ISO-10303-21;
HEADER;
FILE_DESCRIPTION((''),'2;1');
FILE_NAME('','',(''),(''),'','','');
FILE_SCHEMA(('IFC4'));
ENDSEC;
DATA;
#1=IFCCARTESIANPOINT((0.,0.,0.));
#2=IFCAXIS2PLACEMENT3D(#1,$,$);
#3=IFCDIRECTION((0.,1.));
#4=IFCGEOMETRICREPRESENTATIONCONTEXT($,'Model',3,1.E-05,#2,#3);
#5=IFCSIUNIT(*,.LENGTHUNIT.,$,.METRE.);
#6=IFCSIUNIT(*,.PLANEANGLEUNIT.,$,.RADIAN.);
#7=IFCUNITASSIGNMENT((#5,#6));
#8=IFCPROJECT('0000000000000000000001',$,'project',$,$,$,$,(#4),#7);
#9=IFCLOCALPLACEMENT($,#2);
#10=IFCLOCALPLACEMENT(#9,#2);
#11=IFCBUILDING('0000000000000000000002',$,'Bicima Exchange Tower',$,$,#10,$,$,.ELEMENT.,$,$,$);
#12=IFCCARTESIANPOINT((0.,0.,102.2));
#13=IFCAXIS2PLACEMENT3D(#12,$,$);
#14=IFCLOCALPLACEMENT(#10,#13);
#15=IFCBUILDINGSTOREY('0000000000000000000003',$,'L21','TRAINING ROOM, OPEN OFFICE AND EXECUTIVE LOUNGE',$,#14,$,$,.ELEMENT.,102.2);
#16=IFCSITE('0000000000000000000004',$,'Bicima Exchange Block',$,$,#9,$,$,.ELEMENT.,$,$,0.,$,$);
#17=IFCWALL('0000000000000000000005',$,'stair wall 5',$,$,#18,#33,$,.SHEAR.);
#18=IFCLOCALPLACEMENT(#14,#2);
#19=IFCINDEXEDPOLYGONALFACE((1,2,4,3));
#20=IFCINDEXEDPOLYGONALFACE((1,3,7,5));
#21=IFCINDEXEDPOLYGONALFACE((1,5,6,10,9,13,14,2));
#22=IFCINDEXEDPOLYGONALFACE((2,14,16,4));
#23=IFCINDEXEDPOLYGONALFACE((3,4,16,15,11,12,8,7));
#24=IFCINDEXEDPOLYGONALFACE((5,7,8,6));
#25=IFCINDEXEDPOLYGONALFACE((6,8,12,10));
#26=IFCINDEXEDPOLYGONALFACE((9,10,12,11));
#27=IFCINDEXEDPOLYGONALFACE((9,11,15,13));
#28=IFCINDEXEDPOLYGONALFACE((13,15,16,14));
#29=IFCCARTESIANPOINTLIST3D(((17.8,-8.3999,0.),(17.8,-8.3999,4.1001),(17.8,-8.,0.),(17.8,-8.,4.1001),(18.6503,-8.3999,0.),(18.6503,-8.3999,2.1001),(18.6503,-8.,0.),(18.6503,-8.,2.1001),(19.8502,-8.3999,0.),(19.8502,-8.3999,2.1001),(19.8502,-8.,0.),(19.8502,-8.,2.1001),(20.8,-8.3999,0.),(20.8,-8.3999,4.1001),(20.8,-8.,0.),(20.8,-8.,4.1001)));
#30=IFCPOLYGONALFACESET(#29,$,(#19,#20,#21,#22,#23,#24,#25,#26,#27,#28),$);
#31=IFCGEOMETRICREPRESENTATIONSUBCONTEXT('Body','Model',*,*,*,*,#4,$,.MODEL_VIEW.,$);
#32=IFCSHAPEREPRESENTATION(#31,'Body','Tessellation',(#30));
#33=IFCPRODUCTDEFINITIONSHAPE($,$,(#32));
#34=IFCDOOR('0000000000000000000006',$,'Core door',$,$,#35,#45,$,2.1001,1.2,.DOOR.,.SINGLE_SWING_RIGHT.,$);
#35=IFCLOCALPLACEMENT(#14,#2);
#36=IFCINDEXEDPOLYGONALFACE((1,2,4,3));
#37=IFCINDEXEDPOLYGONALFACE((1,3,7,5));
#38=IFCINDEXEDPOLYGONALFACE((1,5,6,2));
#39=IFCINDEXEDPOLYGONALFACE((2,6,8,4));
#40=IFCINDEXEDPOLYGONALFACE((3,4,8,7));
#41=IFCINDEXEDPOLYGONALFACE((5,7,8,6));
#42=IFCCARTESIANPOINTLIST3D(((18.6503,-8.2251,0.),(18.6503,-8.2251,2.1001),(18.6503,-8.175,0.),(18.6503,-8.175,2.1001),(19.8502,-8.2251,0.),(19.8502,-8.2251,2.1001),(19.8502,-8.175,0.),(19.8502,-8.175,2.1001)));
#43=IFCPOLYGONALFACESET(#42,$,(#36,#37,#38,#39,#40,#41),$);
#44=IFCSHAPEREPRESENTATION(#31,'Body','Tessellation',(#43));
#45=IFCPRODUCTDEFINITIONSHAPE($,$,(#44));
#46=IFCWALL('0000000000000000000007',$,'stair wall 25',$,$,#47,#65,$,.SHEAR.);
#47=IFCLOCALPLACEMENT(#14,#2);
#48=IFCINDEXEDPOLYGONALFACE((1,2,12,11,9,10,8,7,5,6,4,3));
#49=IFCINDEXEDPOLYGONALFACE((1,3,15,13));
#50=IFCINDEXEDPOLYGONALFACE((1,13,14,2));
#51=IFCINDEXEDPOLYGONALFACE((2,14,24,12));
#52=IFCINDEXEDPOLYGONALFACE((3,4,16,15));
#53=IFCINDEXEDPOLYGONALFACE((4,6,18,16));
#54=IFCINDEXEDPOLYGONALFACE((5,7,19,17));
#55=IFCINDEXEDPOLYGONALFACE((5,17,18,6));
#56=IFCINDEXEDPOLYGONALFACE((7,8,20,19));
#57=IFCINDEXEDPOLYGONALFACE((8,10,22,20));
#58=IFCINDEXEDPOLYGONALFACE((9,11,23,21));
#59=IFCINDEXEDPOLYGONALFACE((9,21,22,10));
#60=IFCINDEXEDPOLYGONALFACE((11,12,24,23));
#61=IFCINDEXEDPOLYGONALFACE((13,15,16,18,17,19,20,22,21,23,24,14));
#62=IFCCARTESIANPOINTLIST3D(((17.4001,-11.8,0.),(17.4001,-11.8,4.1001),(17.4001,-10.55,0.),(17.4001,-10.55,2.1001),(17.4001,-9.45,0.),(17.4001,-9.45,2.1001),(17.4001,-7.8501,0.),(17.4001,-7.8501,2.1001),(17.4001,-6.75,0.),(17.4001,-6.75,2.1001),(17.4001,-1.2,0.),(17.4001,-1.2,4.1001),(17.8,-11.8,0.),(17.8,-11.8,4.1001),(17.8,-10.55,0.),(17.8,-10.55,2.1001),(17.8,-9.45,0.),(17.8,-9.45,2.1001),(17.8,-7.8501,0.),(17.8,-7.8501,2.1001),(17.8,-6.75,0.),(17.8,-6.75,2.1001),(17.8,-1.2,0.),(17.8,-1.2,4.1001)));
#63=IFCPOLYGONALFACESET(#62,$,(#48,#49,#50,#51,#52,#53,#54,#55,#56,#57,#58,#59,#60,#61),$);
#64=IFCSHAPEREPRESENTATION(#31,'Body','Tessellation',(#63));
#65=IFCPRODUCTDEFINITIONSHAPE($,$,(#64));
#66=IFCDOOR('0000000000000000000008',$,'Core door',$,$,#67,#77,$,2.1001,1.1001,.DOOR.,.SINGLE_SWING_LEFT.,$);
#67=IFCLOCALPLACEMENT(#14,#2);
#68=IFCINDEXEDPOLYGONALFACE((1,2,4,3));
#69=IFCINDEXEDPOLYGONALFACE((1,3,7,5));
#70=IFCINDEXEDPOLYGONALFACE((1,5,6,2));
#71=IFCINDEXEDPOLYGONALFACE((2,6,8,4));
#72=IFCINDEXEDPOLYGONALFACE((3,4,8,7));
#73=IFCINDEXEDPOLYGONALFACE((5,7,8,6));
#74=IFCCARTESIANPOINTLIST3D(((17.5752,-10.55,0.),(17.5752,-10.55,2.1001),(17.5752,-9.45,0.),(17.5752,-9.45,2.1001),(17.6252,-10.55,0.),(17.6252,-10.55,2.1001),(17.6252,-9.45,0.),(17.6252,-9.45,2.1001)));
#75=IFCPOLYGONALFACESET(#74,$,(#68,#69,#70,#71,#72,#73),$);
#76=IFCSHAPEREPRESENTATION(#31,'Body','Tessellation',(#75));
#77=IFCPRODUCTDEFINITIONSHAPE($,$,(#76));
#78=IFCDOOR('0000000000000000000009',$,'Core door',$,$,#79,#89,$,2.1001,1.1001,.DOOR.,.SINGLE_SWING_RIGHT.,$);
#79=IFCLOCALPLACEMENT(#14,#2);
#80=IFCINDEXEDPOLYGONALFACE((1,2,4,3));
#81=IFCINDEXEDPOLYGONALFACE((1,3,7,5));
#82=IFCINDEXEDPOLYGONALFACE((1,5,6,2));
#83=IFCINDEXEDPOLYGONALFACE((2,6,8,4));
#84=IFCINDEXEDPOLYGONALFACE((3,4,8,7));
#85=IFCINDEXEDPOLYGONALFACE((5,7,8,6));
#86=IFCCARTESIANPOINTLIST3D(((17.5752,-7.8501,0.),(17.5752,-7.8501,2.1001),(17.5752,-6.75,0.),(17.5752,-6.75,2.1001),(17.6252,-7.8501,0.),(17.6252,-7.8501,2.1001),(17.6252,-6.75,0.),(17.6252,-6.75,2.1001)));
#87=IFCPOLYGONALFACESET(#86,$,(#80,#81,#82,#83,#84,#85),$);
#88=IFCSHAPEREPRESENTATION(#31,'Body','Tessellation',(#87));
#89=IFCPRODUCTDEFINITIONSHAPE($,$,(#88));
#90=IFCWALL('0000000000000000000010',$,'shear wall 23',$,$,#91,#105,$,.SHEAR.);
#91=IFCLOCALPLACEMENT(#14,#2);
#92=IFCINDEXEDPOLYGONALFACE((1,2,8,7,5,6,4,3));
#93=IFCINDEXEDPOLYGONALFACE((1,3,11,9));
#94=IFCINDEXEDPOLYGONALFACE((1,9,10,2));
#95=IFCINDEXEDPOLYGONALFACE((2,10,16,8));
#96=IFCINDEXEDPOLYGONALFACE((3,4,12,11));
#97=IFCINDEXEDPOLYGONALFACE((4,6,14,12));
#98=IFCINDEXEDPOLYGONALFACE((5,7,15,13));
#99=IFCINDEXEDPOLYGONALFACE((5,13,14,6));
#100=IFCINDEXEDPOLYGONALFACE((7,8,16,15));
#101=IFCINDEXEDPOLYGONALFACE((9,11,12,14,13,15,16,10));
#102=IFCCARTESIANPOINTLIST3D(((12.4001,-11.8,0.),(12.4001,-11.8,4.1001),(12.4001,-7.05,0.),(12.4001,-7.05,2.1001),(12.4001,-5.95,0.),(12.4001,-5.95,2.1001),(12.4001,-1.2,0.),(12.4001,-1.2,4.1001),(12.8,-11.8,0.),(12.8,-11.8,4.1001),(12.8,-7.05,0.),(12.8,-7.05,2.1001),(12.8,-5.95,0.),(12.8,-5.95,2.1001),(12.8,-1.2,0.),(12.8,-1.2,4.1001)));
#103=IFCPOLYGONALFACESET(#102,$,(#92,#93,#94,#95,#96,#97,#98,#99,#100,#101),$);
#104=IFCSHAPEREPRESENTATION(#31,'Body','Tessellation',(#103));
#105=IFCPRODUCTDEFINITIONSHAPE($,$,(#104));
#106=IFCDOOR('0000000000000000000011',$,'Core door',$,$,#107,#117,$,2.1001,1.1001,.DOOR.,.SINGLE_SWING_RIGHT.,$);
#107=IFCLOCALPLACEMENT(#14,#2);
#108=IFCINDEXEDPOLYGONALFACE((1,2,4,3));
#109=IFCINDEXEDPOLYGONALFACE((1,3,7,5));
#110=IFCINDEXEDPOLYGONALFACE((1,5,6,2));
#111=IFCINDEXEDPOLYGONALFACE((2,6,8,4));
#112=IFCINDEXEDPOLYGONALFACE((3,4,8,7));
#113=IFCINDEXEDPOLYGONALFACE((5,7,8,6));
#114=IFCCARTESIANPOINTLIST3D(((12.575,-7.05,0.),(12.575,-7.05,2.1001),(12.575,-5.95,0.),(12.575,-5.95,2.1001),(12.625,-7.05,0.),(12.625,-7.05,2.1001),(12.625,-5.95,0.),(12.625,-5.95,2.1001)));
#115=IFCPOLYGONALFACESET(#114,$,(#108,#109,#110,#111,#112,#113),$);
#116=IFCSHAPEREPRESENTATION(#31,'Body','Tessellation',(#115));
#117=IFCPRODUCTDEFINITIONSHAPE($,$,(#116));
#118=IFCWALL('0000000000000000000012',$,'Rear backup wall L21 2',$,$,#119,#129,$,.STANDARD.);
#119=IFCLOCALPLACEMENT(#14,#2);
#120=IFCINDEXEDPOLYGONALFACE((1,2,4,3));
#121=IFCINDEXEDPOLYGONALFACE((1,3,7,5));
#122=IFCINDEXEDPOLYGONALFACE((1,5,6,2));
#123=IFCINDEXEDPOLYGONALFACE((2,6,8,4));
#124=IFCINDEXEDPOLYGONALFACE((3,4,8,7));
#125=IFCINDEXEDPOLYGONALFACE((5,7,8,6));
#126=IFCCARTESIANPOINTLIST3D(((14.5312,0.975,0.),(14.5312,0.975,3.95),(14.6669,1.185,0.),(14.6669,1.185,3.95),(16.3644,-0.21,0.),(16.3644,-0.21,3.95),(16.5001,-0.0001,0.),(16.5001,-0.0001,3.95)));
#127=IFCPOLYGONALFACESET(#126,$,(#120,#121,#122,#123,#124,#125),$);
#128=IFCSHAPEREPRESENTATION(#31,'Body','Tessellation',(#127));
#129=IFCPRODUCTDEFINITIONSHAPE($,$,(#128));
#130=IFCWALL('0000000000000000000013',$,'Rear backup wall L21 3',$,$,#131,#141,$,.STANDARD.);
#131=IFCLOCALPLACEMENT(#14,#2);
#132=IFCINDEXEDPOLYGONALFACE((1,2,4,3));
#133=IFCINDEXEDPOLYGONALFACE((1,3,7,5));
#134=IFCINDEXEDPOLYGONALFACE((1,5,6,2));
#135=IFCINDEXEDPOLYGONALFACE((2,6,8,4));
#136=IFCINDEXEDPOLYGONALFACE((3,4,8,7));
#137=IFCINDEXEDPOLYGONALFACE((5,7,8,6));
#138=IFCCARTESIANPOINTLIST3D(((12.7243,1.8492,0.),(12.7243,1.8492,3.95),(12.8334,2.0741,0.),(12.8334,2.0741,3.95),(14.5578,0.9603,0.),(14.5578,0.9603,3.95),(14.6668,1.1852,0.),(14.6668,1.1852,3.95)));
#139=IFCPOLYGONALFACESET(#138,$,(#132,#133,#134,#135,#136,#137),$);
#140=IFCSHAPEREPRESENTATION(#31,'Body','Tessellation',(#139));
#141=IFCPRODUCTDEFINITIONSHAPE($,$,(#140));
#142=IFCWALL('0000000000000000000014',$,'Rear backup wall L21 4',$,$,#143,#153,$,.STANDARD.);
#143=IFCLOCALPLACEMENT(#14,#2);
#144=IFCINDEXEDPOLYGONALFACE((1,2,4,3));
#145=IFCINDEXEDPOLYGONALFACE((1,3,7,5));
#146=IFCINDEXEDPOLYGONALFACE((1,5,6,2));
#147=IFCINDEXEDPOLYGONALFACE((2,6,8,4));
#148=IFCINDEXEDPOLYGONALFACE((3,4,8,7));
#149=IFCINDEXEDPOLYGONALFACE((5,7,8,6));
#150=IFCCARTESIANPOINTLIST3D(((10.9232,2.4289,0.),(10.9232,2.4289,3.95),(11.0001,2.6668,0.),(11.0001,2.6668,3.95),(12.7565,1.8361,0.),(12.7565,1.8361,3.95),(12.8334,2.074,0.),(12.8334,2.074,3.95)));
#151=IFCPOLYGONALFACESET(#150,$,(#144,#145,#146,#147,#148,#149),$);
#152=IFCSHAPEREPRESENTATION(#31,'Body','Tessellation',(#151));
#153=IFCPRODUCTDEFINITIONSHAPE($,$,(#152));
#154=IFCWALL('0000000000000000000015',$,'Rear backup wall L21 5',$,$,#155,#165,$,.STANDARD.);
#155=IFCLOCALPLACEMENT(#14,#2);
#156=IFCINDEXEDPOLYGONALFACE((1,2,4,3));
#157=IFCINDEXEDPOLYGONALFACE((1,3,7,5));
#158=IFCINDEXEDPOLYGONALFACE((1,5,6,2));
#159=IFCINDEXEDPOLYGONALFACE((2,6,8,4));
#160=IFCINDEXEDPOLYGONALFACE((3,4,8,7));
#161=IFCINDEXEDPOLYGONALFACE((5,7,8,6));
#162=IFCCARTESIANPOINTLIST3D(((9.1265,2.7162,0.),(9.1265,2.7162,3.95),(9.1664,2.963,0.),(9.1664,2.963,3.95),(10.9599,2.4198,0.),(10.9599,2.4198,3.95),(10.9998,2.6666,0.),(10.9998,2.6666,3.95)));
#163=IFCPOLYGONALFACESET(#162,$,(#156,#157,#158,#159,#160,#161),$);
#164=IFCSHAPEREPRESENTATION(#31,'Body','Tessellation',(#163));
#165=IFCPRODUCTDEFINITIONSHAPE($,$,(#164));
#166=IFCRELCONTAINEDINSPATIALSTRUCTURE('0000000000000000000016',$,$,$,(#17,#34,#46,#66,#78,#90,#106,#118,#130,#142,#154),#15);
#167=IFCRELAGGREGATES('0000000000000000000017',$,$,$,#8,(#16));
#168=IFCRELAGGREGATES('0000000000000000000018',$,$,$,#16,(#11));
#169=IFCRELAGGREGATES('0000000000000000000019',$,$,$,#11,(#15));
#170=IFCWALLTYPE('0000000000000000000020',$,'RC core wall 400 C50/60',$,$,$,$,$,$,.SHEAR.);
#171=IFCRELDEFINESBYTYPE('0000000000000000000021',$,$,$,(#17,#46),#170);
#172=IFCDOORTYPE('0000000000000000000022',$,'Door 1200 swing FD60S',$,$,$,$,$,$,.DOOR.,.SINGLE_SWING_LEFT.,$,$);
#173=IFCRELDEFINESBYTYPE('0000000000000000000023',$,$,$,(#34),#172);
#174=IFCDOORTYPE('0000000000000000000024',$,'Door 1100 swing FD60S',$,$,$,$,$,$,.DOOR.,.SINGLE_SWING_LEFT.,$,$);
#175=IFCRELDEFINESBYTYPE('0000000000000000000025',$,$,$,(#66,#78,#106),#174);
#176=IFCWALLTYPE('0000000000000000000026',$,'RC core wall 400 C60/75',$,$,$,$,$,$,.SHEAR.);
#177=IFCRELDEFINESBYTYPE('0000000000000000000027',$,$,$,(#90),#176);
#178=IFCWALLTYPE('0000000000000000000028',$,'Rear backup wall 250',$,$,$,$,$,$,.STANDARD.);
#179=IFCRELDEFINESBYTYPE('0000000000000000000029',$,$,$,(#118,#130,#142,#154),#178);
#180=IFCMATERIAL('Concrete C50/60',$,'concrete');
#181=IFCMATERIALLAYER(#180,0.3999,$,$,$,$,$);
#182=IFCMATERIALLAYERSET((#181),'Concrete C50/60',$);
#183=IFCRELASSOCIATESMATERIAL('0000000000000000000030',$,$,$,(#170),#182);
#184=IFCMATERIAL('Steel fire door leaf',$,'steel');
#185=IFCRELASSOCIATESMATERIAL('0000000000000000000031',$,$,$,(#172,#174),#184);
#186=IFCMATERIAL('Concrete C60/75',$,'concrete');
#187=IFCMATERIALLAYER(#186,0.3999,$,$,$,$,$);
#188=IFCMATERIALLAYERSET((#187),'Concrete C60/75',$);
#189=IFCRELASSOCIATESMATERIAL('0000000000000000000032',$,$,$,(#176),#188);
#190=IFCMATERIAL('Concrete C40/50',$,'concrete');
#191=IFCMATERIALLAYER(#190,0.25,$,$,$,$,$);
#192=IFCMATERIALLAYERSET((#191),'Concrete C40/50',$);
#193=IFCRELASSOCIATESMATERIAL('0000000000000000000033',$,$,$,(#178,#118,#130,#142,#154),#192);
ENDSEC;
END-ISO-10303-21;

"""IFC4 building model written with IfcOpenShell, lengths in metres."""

from ifc_helpers import new_model, si_unit, direction, frame, frame_2d, origin, place, context, subcontext, project, spatial, rectangle, extrude, material, layer, layer_set, layer_usage, type_object, element, fill, save


model = new_model("IFC4")

# Units and contexts
model_context = context("Model", 3, precision=1e-05, world=origin(), true_north=direction((0.0, 1.0)))
body_context = subcontext(model_context, "Body", "Model", "MODEL_VIEW")
ifc_project = project(units=[si_unit("LENGTHUNIT", "METRE"), si_unit("PLANEANGLEUNIT", "RADIAN")], contexts=[model_context])

# Site, building, storey
site_placement = place(None, origin())
site = spatial("IfcSite", under=ifc_project, at=site_placement, Name="Bicima Exchange Block", CompositionType="ELEMENT", RefElevation=0.0)
building_placement = place(site_placement, origin())
building = spatial("IfcBuilding", under=site, at=building_placement, Name="Bicima Exchange Tower", CompositionType="ELEMENT")
storey_placement = place(building_placement, frame((0.0, 0.0, 102.2)))
storey = spatial("IfcBuildingStorey", under=building, at=storey_placement, Name="L21", Description="TRAINING ROOM, OPEN OFFICE AND EXECUTIVE LOUNGE", CompositionType="ELEMENT", Elevation=102.2)

# Wall, opening, door
ifc_material_1 = material(Name="Concrete C50/60", Category="concrete")
ifc_layer_1 = layer(ifc_material_1, 0.3999)
ifc_layer_set_1 = layer_set([ifc_layer_1], Name="Concrete C50/60")
wall_type_1 = type_object("IfcWallType", Name="RC core wall 400 C50/60", PredefinedType="SHEAR", material=ifc_layer_set_1)
wall_1_placement = place(storey_placement, frame((17.8, -8.2, 0.0), z_axis=(0.0, 0.0, 1.0), x_axis=(1.0, 0.0, 0.0)))
wall_1 = element("IfcWall", 1, at=wall_1_placement, inside=storey, type_object=wall_type_1, Name="stair wall 5", PredefinedType="SHEAR", context=body_context, shape_type="SweptSolid", body=[
    extrude(rectangle(XDim=3.0, YDim=0.3999, at=frame_2d((1.5, 0.0))), origin(), (0.0, 0.0, 1.0), 4.1001),
])
opening_1_placement = place(wall_1_placement, frame((0.8501, 0.0, 0.0)))
opening_1 = element("IfcOpeningElement", 2, at=opening_1_placement, cuts=wall_1, PredefinedType="OPENING", context=body_context, shape_type="SweptSolid", body=[
    extrude(rectangle(XDim=1.2, YDim=2.1001, at=frame_2d((0.6001, 1.05))), frame((0.0, 0.2119, 0.0), z_axis=(0.0, -1.0, 0.0), x_axis=(1.0, 0.0, 0.0)), (0.0, 0.0, 1.0), 0.4238),
])
ifc_material_2 = material(Name="Steel fire door leaf", Category="steel")
door_type_1 = type_object("IfcDoorType", Name="Door 1200 swing FD60S", OperationType="SINGLE_SWING_LEFT", PredefinedType="DOOR", material=ifc_material_2)
door_1_placement = place(opening_1_placement, origin())
door_1 = element("IfcDoor", 3, at=door_1_placement, inside=storey, type_object=door_type_1, Name="Core door", OperationType="SINGLE_SWING_RIGHT", OverallHeight=2.1001, OverallWidth=1.2, PredefinedType="DOOR", context=body_context, shape_type="SweptSolid", body=[
    extrude(rectangle(XDim=1.2, YDim=2.1001, at=frame_2d((0.6001, 1.05))), frame((0.0, 0.0249, 0.0), z_axis=(0.0, -1.0, 0.0), x_axis=(1.0, 0.0, 0.0)), (0.0, 0.0, 1.0), 0.05),
])
fill(opening_1, door_1)

# Wall, openings, doors
wall_2_placement = place(storey_placement, frame((17.6001, -11.8, 0.0), z_axis=(0.0, 0.0, 1.0), x_axis=(0.0, 1.0, 0.0)))
wall_2 = element("IfcWall", 4, at=wall_2_placement, inside=storey, type_object=wall_type_1, Name="stair wall 25", PredefinedType="SHEAR", context=body_context, shape_type="SweptSolid", body=[
    extrude(rectangle(XDim=10.6001, YDim=0.3999, at=frame_2d((5.3, 0.0))), origin(), (0.0, 0.0, 1.0), 4.1001),
])
opening_2_placement = place(wall_2_placement, frame((1.25, 0.0, 0.0)))
opening_2 = element("IfcOpeningElement", 5, at=opening_2_placement, cuts=wall_2, PredefinedType="OPENING", context=body_context, shape_type="SweptSolid", body=[
    extrude(rectangle(XDim=1.1001, YDim=2.1001, at=frame_2d((0.55, 1.05))), frame((0.0, 0.2119, 0.0), z_axis=(0.0, -1.0, 0.0), x_axis=(1.0, 0.0, 0.0)), (0.0, 0.0, 1.0), 0.4238),
])
opening_3_placement = place(wall_2_placement, frame((3.95, 0.0, 0.0)))
opening_3 = element("IfcOpeningElement", 6, at=opening_3_placement, cuts=wall_2, PredefinedType="OPENING", context=body_context, shape_type="SweptSolid", body=[
    extrude(rectangle(XDim=1.1001, YDim=2.1001, at=frame_2d((0.55, 1.05))), frame((0.0, 0.2119, 0.0), z_axis=(0.0, -1.0, 0.0), x_axis=(1.0, 0.0, 0.0)), (0.0, 0.0, 1.0), 0.4238),
])
door_type_2 = type_object("IfcDoorType", Name="Door 1100 swing FD60S", OperationType="SINGLE_SWING_LEFT", PredefinedType="DOOR", material=ifc_material_2)
door_2_placement = place(opening_2_placement, origin())
door_2 = element("IfcDoor", 7, at=door_2_placement, inside=storey, type_object=door_type_2, Name="Core door", OperationType="SINGLE_SWING_LEFT", OverallHeight=2.1001, OverallWidth=1.1001, PredefinedType="DOOR", context=body_context, shape_type="SweptSolid", body=[
    extrude(rectangle(XDim=1.1001, YDim=2.1001, at=frame_2d((0.55, 1.05))), frame((0.0, 0.0249, 0.0), z_axis=(0.0, -1.0, 0.0), x_axis=(1.0, 0.0, 0.0)), (0.0, 0.0, 1.0), 0.05),
])
fill(opening_2, door_2)
door_3_placement = place(opening_3_placement, origin())
door_3 = element("IfcDoor", 8, at=door_3_placement, inside=storey, type_object=door_type_2, Name="Core door", OperationType="SINGLE_SWING_RIGHT", OverallHeight=2.1001, OverallWidth=1.1001, PredefinedType="DOOR", context=body_context, shape_type="SweptSolid", body=[
    extrude(rectangle(XDim=1.1001, YDim=2.1001, at=frame_2d((0.55, 1.05))), frame((0.0, 0.0249, 0.0), z_axis=(0.0, -1.0, 0.0), x_axis=(1.0, 0.0, 0.0)), (0.0, 0.0, 1.0), 0.05),
])
fill(opening_3, door_3)

# Wall, opening, door
ifc_material_3 = material(Name="Concrete C60/75", Category="concrete")
ifc_layer_2 = layer(ifc_material_3, 0.3999)
ifc_layer_set_2 = layer_set([ifc_layer_2], Name="Concrete C60/75")
wall_type_2 = type_object("IfcWallType", Name="RC core wall 400 C60/75", PredefinedType="SHEAR", material=ifc_layer_set_2)
wall_3_placement = place(storey_placement, frame((12.6001, -11.8, 0.0), z_axis=(0.0, 0.0, 1.0), x_axis=(0.0, 1.0, 0.0)))
wall_3 = element("IfcWall", 9, at=wall_3_placement, inside=storey, type_object=wall_type_2, Name="shear wall 23", PredefinedType="SHEAR", context=body_context, shape_type="SweptSolid", body=[
    extrude(rectangle(XDim=10.6001, YDim=0.3999, at=frame_2d((5.3, 0.0))), origin(), (0.0, 0.0, 1.0), 4.1001),
])
opening_4_placement = place(wall_3_placement, frame((4.75, 0.0, 0.0)))
opening_4 = element("IfcOpeningElement", 10, at=opening_4_placement, cuts=wall_3, PredefinedType="OPENING", context=body_context, shape_type="SweptSolid", body=[
    extrude(rectangle(XDim=1.1001, YDim=2.1001, at=frame_2d((0.55, 1.05))), frame((0.0, 0.2119, 0.0), z_axis=(0.0, -1.0, 0.0), x_axis=(1.0, 0.0, 0.0)), (0.0, 0.0, 1.0), 0.4238),
])
door_4_placement = place(opening_4_placement, frame((1.1001, 0.0, 0.0), z_axis=(0.0, 0.0, 1.0), x_axis=(-1.0, 0.0, 0.0)))
door_4 = element("IfcDoor", 11, at=door_4_placement, inside=storey, type_object=door_type_2, Name="Core door", OperationType="SINGLE_SWING_RIGHT", OverallHeight=2.1001, OverallWidth=1.1001, PredefinedType="DOOR", context=body_context, shape_type="SweptSolid", body=[
    extrude(rectangle(XDim=1.1001, YDim=2.1001, at=frame_2d((0.55, 1.05))), frame((0.0, 0.0249, 0.0), z_axis=(0.0, -1.0, 0.0), x_axis=(1.0, 0.0, 0.0)), (0.0, 0.0, 1.0), 0.05),
])
fill(opening_4, door_4)

# Walls
ifc_material_4 = material(Name="Concrete C40/50", Category="concrete")
ifc_layer_3 = layer(ifc_material_4, 0.25)
ifc_layer_set_3 = layer_set([ifc_layer_3], Name="Concrete C40/50")
ifc_layer_usage = layer_usage(ifc_layer_set_3, "AXIS2", "POSITIVE", -0.125)
wall_type_3 = type_object("IfcWallType", Name="Rear backup wall 250", PredefinedType="STANDARD", material=ifc_layer_set_3)
wall_4_placement = place(storey_placement, frame((16.4321, -0.105, 0.0), z_axis=(0.0, 0.0, 1.0), x_axis=(-0.839813, 0.542876, 0.0)))
element("IfcWall", 12, at=wall_4_placement, inside=storey, type_object=wall_type_3, material=ifc_layer_usage, Name="Rear backup wall L21 2", PredefinedType="STANDARD", context=body_context, shape_type="SweptSolid", body=[
    extrude(rectangle(XDim=2.1829, YDim=0.25, at=frame_2d((1.0913, 0.0))), origin(), (0.0, 0.0, 1.0), 3.95),
])
wall_5_placement = place(storey_placement, frame((14.6123, 1.0728, 0.0), z_axis=(0.0, 0.0, 1.0), x_axis=(-0.899824, 0.436253, 0.0)))
element("IfcWall", 13, at=wall_5_placement, inside=storey, type_object=wall_type_3, material=ifc_layer_usage, Name="Rear backup wall L21 3", PredefinedType="STANDARD", context=body_context, shape_type="SweptSolid", body=[
    extrude(rectangle(XDim=2.0376, YDim=0.25, at=frame_2d((1.0188, 0.0))), origin(), (0.0, 0.0, 1.0), 3.95),
])
wall_6_placement = place(storey_placement, frame((12.7949, 1.9551, 0.0), z_axis=(0.0, 0.0, 1.0), x_axis=(-0.951496, 0.307662, 0.0)))
element("IfcWall", 14, at=wall_6_placement, inside=storey, type_object=wall_type_3, material=ifc_layer_usage, Name="Rear backup wall L21 4", PredefinedType="STANDARD", context=body_context, shape_type="SweptSolid", body=[
    extrude(rectangle(XDim=1.9268, YDim=0.25, at=frame_2d((0.9634, 0.0))), origin(), (0.0, 0.0, 1.0), 3.95),
])
wall_7_placement = place(storey_placement, frame((10.98, 2.5432, 0.0), z_axis=(0.0, 0.0, 1.0), x_axis=(-0.987182, 0.1596, 0.0)))
element("IfcWall", 15, at=wall_7_placement, inside=storey, type_object=wall_type_3, material=ifc_layer_usage, Name="Rear backup wall L21 5", PredefinedType="STANDARD", context=body_context, shape_type="SweptSolid", body=[
    extrude(rectangle(XDim=1.8572, YDim=0.25, at=frame_2d((0.9287, 0.0))), origin(), (0.0, 0.0, 1.0), 3.95),
])

save(model, "model.ifc")
